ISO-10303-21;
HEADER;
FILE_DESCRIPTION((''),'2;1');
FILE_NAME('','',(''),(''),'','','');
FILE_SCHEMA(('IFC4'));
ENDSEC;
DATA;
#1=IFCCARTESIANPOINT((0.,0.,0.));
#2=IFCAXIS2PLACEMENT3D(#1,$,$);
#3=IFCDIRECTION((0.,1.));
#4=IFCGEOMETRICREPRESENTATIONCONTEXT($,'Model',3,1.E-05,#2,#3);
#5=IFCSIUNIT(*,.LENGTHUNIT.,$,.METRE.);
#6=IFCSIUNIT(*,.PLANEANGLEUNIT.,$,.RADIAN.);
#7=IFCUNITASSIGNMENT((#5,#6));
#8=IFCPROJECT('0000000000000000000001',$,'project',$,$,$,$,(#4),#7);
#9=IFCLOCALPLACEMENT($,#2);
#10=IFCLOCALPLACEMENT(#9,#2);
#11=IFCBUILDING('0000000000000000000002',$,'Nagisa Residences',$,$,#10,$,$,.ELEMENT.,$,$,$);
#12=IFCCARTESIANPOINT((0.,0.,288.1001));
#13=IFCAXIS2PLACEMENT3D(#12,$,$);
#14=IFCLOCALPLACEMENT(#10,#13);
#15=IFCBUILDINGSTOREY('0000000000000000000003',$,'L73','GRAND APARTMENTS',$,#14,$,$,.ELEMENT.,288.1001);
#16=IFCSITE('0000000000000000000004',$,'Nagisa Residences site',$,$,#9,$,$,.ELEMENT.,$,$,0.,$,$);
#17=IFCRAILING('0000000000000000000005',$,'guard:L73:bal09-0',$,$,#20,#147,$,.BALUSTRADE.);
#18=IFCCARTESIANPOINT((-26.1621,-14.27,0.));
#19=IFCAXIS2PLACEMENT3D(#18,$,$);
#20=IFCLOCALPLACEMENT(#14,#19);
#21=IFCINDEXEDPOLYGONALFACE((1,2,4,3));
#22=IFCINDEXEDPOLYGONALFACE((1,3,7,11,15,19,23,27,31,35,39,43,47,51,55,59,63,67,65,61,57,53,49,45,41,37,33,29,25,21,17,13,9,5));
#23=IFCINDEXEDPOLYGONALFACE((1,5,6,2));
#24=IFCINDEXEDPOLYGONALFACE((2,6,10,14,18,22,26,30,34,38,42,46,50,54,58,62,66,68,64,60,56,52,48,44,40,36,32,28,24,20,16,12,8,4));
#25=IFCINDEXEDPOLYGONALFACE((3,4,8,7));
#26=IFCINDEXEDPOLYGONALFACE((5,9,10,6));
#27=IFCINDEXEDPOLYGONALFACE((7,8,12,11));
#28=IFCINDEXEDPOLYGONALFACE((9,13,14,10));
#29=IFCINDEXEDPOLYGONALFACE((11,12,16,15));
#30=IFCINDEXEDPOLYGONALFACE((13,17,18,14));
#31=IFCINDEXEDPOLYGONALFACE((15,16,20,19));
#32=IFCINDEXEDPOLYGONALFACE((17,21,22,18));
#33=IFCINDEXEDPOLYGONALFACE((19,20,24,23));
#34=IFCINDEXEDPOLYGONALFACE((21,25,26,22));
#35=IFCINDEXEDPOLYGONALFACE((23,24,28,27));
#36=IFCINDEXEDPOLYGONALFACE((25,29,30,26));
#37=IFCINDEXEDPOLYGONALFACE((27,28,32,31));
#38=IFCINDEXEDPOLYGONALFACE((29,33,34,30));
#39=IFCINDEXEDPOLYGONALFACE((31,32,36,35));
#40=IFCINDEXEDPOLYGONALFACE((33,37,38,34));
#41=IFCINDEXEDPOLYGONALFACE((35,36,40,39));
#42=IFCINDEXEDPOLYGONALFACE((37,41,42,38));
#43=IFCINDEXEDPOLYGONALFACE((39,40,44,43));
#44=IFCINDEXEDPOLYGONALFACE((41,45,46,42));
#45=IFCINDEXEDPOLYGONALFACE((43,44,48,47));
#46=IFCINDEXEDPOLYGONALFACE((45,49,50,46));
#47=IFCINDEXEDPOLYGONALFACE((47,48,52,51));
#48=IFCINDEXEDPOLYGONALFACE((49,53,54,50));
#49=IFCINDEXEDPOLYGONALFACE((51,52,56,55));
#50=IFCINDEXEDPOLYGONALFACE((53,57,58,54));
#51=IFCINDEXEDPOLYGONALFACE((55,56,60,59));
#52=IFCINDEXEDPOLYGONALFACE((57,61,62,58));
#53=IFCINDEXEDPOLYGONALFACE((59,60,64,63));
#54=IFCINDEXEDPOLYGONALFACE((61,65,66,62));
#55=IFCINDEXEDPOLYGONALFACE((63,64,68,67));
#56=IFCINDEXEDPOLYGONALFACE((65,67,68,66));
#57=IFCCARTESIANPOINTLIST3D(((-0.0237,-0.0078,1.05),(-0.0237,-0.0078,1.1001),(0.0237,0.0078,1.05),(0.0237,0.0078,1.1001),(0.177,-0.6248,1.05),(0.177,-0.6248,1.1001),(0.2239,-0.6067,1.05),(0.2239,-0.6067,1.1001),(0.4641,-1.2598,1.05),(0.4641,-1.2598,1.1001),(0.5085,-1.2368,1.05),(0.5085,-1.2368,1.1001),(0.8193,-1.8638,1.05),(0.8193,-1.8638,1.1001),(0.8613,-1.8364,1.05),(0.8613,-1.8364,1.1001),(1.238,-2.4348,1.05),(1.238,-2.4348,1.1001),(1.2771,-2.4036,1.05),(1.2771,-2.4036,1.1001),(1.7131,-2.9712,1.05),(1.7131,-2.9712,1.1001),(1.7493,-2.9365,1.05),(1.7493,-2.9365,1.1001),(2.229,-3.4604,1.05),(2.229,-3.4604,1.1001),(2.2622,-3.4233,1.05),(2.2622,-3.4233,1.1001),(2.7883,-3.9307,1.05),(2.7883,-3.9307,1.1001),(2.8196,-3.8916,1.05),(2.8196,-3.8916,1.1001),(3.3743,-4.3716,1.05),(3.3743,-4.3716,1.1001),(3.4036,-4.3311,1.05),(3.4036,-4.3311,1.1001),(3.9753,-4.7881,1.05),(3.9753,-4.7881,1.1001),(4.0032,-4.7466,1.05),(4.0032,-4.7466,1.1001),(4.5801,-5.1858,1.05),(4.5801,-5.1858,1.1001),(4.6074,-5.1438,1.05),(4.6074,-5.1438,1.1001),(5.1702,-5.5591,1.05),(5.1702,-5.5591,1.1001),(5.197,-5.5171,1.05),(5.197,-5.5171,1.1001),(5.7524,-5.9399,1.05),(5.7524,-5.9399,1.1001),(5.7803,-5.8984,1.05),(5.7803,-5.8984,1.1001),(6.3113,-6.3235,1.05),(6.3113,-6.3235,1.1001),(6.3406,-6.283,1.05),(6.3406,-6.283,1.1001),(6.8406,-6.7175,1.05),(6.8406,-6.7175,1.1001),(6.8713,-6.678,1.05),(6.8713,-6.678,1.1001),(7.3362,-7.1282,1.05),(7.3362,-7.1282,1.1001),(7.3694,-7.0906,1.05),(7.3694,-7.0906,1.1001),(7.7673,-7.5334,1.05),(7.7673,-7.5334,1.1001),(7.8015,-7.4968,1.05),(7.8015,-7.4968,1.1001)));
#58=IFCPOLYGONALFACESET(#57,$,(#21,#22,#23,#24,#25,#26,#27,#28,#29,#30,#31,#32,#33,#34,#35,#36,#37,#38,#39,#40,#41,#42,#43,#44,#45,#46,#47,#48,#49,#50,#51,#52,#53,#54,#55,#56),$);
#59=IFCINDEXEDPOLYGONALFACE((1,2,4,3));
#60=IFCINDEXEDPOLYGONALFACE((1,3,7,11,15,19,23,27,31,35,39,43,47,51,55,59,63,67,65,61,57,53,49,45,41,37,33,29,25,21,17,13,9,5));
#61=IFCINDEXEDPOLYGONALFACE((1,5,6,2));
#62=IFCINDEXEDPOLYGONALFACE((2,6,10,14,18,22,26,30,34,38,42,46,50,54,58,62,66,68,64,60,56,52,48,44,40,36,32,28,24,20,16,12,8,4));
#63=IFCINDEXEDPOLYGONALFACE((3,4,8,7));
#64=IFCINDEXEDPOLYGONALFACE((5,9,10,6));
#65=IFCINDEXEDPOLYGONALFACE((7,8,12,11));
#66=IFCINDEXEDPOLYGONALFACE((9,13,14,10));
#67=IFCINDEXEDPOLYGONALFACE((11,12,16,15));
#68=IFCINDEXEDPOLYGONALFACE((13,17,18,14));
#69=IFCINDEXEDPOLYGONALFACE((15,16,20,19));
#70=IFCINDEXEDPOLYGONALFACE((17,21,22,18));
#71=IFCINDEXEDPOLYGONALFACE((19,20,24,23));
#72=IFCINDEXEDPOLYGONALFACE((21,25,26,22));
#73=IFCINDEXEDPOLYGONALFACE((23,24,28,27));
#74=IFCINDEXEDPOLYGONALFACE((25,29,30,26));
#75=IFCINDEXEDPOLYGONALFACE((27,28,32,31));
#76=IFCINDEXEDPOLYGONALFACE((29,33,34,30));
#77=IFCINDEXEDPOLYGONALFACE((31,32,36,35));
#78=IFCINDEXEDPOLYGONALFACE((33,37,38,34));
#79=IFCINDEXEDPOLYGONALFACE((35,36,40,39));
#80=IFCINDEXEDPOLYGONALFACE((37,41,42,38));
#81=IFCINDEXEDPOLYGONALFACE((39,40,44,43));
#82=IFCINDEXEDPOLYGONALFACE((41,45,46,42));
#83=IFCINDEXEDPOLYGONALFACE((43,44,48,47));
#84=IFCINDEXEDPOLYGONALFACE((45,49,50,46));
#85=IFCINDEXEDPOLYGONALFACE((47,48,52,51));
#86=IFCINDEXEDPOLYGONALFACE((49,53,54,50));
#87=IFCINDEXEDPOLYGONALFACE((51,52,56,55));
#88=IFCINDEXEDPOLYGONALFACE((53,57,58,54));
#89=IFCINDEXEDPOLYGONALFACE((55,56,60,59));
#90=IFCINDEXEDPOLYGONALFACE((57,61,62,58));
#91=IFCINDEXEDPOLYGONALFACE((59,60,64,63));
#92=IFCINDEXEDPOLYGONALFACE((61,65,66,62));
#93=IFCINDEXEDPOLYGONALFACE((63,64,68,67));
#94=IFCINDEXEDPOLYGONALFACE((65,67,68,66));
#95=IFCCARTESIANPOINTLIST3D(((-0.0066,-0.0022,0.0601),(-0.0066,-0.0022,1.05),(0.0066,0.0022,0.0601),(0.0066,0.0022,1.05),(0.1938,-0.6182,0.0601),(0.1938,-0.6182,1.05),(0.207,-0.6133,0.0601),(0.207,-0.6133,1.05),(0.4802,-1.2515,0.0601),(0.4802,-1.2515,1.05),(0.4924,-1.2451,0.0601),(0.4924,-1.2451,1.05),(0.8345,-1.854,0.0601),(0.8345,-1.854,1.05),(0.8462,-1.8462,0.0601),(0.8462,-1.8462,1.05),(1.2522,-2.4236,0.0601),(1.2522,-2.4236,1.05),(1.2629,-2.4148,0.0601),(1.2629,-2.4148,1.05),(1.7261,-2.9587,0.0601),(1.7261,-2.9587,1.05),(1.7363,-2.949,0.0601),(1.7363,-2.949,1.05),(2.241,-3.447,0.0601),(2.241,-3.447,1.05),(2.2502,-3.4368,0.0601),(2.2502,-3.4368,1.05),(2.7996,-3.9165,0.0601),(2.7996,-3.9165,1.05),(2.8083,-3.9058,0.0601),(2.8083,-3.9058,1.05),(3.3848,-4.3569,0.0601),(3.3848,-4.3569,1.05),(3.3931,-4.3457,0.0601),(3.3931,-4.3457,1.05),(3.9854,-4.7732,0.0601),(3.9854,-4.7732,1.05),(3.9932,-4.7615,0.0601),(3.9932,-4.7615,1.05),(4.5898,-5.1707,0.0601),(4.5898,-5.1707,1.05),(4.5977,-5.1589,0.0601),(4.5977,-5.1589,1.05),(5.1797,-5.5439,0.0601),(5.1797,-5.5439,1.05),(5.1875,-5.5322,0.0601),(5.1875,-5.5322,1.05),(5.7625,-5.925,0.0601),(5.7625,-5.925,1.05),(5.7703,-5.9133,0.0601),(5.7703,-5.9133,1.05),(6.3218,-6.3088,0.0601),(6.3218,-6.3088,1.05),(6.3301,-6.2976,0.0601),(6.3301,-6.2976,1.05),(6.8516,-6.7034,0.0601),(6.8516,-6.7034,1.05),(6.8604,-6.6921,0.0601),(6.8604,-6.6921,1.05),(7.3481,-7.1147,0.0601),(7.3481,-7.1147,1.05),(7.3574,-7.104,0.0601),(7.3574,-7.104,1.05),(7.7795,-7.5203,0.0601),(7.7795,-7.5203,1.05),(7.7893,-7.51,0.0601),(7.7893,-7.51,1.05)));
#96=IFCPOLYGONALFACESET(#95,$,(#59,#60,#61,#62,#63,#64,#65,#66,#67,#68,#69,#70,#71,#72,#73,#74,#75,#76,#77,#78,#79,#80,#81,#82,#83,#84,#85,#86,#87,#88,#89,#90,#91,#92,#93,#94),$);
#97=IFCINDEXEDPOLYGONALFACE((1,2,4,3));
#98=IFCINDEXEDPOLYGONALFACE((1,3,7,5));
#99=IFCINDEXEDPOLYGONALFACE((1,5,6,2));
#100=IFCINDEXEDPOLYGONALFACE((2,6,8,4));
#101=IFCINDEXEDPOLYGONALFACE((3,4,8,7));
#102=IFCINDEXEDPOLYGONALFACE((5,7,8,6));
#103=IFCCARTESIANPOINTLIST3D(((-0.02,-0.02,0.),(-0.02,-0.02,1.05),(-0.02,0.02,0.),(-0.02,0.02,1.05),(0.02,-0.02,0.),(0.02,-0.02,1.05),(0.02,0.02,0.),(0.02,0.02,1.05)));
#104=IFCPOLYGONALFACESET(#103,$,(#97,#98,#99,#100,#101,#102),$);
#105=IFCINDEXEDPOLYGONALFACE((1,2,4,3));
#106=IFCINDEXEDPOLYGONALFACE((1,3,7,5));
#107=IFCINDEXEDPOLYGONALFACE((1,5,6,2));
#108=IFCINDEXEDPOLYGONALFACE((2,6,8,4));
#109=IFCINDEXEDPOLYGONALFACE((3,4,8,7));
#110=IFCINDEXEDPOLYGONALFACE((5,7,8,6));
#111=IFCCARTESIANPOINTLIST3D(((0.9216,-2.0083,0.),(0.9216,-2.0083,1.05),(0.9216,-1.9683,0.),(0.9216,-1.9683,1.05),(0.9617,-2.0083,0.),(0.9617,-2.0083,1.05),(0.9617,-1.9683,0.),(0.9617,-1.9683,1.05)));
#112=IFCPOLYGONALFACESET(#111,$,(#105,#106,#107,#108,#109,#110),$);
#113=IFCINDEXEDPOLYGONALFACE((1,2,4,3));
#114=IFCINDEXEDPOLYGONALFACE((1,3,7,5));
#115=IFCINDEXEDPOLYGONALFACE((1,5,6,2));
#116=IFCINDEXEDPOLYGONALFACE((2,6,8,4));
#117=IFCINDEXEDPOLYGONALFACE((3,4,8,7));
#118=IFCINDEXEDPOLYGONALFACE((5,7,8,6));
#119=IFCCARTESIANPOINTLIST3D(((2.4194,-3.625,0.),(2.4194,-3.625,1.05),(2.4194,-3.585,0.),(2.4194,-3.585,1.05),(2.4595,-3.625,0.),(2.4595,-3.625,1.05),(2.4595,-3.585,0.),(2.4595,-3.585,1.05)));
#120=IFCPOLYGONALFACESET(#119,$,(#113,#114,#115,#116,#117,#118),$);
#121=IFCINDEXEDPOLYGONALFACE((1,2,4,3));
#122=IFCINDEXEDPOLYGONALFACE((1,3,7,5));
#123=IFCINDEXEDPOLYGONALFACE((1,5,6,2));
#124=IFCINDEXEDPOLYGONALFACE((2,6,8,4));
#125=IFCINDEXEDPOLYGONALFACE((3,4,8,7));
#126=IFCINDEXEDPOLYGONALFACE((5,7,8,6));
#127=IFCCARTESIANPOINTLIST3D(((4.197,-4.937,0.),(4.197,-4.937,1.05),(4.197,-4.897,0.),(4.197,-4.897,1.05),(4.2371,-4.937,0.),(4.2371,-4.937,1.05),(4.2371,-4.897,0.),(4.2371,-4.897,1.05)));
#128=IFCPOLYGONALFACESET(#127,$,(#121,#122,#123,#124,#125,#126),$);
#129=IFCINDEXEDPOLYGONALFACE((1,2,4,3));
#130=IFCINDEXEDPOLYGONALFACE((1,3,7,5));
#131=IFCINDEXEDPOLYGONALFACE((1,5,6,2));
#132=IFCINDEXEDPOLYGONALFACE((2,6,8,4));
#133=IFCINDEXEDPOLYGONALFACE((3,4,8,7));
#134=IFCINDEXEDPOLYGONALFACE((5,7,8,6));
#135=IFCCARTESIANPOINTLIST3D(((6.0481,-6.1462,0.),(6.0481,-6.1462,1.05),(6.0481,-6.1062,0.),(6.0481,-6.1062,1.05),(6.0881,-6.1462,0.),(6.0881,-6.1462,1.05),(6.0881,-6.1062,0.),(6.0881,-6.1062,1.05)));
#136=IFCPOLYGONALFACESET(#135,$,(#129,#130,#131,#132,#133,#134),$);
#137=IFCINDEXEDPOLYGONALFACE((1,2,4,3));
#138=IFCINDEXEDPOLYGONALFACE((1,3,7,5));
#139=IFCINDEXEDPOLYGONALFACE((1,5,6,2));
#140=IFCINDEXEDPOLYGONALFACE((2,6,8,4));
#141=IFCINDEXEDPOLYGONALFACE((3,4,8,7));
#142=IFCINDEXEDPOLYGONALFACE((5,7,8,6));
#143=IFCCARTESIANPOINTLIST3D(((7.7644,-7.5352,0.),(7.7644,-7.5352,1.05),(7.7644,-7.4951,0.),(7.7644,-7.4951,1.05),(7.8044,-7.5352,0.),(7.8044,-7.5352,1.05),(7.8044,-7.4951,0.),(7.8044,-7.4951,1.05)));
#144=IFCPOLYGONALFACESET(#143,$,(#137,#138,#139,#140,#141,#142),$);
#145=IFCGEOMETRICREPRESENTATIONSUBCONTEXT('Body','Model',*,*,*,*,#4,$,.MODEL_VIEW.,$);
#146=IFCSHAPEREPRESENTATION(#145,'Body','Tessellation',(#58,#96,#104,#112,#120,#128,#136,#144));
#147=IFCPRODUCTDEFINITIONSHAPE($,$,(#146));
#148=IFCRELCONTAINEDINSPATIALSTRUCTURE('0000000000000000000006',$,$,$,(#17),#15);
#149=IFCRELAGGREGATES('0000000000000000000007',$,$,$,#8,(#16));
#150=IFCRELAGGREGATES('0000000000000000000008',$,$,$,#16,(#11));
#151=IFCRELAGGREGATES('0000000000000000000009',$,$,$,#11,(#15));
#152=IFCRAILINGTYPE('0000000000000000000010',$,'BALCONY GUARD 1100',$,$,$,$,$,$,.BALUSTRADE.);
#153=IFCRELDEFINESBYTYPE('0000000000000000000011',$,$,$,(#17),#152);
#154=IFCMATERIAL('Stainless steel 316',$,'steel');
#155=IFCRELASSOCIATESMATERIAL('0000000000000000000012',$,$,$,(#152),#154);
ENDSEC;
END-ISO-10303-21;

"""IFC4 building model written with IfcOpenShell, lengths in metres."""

from ifc_helpers import new_model, si_unit, direction, frame, origin, origin_2d, place, context, subcontext, project, spatial, polyline, rectangle, outline, extrude, material, type_object, element, save


model = new_model("IFC4")

# Units and contexts
model_context = context("Model", 3, precision=1e-05, world=origin(), true_north=direction((0.0, 1.0)))
body_context = subcontext(model_context, "Body", "Model", "MODEL_VIEW")
ifc_project = project(units=[si_unit("LENGTHUNIT", "METRE"), si_unit("PLANEANGLEUNIT", "RADIAN")], contexts=[model_context])

# Site, building, storey
site_placement = place(None, origin())
site = spatial("IfcSite", under=ifc_project, at=site_placement, Name="Nagisa Residences site", CompositionType="ELEMENT", RefElevation=0.0)
building_placement = place(site_placement, origin())
building = spatial("IfcBuilding", under=site, at=building_placement, Name="Nagisa Residences", CompositionType="ELEMENT")
storey_placement = place(building_placement, frame((0.0, 0.0, 288.1001)))
storey = spatial("IfcBuildingStorey", under=building, at=storey_placement, Name="L73", Description="GRAND APARTMENTS", CompositionType="ELEMENT", Elevation=288.1001)

# Railing
ifc_material_1 = material(Name="Stainless steel 316", Category="steel")
railing_type = type_object("IfcRailingType", Name="BALCONY GUARD 1100", PredefinedType="BALUSTRADE", material=ifc_material_1)
railing_1_placement = place(storey_placement, frame((-26.1621, -14.27, 0.0)))
element("IfcRailing", 1, at=railing_1_placement, inside=storey, type_object=railing_type, Name="guard:L73:bal09-0", PredefinedType="BALUSTRADE", context=body_context, shape_type="SweptSolid", body=[
    extrude(outline(polyline([(0.2239, -0.6067), (0.0237, 0.0078), (-0.0237, -0.0078), (0.177, -0.6248), (0.4641, -1.2598), (0.8193, -1.8638), (1.238, -2.4348), (1.7131, -2.9712), (2.229, -3.4604), (2.7883, -3.9307), (3.3743, -4.3716), (3.9753, -4.7881), (4.5801, -5.1858), (5.1702, -5.5591), (5.7524, -5.9399), (6.3113, -6.3235), (6.8406, -6.7175), (7.3362, -7.1282), (7.7673, -7.5334), (7.8015, -7.4968), (7.3694, -7.0906), (6.8713, -6.678), (6.3406, -6.283), (5.7803, -5.8984), (5.197, -5.5171), (4.6074, -5.1438), (4.0032, -4.7466), (3.4036, -4.3311), (2.8196, -3.8916), (2.2622, -3.4233), (1.7493, -2.9365), (1.2771, -2.4036), (0.8613, -1.8364), (0.5085, -1.2368), (0.2239, -0.6067)])), frame((0.0, 0.0, 1.05)), (0.0, 0.0, 1.0), 0.05),
    extrude(outline(polyline([(0.207, -0.6133), (0.0066, 0.0022), (-0.0066, -0.0022), (0.1938, -0.6182), (0.4802, -1.2515), (0.8345, -1.854), (1.2522, -2.4236), (1.7261, -2.9587), (2.241, -3.447), (2.7996, -3.9165), (3.3848, -4.3569), (3.9854, -4.7732), (4.5898, -5.1707), (5.1797, -5.5439), (5.7625, -5.925), (6.3218, -6.3088), (6.8516, -6.7034), (7.3481, -7.1147), (7.7795, -7.5203), (7.7893, -7.51), (7.3574, -7.104), (6.8604, -6.6921), (6.3301, -6.2976), (5.7703, -5.9133), (5.1875, -5.5322), (4.5977, -5.1589), (3.9932, -4.7615), (3.3931, -4.3457), (2.8083, -3.9058), (2.2502, -3.4368), (1.7363, -2.949), (1.2629, -2.4148), (0.8462, -1.8462), (0.4924, -1.2451), (0.207, -0.6133)])), frame((0.0, 0.0, 0.0601)), (0.0, 0.0, 1.0), 0.99),
    extrude(rectangle(XDim=0.04, YDim=0.04, at=origin_2d()), origin(), (0.0, 0.0, 1.0), 1.05),
    extrude(rectangle(XDim=0.04, YDim=0.04, at=origin_2d()), frame((0.9417, -1.9883, 0.0)), (0.0, 0.0, 1.0), 1.05),
    extrude(rectangle(XDim=0.04, YDim=0.04, at=origin_2d()), frame((2.4395, -3.605, 0.0)), (0.0, 0.0, 1.0), 1.05),
    extrude(rectangle(XDim=0.04, YDim=0.04, at=origin_2d()), frame((4.217, -4.917, 0.0)), (0.0, 0.0, 1.0), 1.05),
    extrude(rectangle(XDim=0.04, YDim=0.04, at=origin_2d()), frame((6.0681, -6.1262, 0.0)), (0.0, 0.0, 1.0), 1.05),
    extrude(rectangle(XDim=0.04, YDim=0.04, at=origin_2d()), frame((7.7844, -7.5151, 0.0)), (0.0, 0.0, 1.0), 1.05),
])

save(model, "model.ifc")
